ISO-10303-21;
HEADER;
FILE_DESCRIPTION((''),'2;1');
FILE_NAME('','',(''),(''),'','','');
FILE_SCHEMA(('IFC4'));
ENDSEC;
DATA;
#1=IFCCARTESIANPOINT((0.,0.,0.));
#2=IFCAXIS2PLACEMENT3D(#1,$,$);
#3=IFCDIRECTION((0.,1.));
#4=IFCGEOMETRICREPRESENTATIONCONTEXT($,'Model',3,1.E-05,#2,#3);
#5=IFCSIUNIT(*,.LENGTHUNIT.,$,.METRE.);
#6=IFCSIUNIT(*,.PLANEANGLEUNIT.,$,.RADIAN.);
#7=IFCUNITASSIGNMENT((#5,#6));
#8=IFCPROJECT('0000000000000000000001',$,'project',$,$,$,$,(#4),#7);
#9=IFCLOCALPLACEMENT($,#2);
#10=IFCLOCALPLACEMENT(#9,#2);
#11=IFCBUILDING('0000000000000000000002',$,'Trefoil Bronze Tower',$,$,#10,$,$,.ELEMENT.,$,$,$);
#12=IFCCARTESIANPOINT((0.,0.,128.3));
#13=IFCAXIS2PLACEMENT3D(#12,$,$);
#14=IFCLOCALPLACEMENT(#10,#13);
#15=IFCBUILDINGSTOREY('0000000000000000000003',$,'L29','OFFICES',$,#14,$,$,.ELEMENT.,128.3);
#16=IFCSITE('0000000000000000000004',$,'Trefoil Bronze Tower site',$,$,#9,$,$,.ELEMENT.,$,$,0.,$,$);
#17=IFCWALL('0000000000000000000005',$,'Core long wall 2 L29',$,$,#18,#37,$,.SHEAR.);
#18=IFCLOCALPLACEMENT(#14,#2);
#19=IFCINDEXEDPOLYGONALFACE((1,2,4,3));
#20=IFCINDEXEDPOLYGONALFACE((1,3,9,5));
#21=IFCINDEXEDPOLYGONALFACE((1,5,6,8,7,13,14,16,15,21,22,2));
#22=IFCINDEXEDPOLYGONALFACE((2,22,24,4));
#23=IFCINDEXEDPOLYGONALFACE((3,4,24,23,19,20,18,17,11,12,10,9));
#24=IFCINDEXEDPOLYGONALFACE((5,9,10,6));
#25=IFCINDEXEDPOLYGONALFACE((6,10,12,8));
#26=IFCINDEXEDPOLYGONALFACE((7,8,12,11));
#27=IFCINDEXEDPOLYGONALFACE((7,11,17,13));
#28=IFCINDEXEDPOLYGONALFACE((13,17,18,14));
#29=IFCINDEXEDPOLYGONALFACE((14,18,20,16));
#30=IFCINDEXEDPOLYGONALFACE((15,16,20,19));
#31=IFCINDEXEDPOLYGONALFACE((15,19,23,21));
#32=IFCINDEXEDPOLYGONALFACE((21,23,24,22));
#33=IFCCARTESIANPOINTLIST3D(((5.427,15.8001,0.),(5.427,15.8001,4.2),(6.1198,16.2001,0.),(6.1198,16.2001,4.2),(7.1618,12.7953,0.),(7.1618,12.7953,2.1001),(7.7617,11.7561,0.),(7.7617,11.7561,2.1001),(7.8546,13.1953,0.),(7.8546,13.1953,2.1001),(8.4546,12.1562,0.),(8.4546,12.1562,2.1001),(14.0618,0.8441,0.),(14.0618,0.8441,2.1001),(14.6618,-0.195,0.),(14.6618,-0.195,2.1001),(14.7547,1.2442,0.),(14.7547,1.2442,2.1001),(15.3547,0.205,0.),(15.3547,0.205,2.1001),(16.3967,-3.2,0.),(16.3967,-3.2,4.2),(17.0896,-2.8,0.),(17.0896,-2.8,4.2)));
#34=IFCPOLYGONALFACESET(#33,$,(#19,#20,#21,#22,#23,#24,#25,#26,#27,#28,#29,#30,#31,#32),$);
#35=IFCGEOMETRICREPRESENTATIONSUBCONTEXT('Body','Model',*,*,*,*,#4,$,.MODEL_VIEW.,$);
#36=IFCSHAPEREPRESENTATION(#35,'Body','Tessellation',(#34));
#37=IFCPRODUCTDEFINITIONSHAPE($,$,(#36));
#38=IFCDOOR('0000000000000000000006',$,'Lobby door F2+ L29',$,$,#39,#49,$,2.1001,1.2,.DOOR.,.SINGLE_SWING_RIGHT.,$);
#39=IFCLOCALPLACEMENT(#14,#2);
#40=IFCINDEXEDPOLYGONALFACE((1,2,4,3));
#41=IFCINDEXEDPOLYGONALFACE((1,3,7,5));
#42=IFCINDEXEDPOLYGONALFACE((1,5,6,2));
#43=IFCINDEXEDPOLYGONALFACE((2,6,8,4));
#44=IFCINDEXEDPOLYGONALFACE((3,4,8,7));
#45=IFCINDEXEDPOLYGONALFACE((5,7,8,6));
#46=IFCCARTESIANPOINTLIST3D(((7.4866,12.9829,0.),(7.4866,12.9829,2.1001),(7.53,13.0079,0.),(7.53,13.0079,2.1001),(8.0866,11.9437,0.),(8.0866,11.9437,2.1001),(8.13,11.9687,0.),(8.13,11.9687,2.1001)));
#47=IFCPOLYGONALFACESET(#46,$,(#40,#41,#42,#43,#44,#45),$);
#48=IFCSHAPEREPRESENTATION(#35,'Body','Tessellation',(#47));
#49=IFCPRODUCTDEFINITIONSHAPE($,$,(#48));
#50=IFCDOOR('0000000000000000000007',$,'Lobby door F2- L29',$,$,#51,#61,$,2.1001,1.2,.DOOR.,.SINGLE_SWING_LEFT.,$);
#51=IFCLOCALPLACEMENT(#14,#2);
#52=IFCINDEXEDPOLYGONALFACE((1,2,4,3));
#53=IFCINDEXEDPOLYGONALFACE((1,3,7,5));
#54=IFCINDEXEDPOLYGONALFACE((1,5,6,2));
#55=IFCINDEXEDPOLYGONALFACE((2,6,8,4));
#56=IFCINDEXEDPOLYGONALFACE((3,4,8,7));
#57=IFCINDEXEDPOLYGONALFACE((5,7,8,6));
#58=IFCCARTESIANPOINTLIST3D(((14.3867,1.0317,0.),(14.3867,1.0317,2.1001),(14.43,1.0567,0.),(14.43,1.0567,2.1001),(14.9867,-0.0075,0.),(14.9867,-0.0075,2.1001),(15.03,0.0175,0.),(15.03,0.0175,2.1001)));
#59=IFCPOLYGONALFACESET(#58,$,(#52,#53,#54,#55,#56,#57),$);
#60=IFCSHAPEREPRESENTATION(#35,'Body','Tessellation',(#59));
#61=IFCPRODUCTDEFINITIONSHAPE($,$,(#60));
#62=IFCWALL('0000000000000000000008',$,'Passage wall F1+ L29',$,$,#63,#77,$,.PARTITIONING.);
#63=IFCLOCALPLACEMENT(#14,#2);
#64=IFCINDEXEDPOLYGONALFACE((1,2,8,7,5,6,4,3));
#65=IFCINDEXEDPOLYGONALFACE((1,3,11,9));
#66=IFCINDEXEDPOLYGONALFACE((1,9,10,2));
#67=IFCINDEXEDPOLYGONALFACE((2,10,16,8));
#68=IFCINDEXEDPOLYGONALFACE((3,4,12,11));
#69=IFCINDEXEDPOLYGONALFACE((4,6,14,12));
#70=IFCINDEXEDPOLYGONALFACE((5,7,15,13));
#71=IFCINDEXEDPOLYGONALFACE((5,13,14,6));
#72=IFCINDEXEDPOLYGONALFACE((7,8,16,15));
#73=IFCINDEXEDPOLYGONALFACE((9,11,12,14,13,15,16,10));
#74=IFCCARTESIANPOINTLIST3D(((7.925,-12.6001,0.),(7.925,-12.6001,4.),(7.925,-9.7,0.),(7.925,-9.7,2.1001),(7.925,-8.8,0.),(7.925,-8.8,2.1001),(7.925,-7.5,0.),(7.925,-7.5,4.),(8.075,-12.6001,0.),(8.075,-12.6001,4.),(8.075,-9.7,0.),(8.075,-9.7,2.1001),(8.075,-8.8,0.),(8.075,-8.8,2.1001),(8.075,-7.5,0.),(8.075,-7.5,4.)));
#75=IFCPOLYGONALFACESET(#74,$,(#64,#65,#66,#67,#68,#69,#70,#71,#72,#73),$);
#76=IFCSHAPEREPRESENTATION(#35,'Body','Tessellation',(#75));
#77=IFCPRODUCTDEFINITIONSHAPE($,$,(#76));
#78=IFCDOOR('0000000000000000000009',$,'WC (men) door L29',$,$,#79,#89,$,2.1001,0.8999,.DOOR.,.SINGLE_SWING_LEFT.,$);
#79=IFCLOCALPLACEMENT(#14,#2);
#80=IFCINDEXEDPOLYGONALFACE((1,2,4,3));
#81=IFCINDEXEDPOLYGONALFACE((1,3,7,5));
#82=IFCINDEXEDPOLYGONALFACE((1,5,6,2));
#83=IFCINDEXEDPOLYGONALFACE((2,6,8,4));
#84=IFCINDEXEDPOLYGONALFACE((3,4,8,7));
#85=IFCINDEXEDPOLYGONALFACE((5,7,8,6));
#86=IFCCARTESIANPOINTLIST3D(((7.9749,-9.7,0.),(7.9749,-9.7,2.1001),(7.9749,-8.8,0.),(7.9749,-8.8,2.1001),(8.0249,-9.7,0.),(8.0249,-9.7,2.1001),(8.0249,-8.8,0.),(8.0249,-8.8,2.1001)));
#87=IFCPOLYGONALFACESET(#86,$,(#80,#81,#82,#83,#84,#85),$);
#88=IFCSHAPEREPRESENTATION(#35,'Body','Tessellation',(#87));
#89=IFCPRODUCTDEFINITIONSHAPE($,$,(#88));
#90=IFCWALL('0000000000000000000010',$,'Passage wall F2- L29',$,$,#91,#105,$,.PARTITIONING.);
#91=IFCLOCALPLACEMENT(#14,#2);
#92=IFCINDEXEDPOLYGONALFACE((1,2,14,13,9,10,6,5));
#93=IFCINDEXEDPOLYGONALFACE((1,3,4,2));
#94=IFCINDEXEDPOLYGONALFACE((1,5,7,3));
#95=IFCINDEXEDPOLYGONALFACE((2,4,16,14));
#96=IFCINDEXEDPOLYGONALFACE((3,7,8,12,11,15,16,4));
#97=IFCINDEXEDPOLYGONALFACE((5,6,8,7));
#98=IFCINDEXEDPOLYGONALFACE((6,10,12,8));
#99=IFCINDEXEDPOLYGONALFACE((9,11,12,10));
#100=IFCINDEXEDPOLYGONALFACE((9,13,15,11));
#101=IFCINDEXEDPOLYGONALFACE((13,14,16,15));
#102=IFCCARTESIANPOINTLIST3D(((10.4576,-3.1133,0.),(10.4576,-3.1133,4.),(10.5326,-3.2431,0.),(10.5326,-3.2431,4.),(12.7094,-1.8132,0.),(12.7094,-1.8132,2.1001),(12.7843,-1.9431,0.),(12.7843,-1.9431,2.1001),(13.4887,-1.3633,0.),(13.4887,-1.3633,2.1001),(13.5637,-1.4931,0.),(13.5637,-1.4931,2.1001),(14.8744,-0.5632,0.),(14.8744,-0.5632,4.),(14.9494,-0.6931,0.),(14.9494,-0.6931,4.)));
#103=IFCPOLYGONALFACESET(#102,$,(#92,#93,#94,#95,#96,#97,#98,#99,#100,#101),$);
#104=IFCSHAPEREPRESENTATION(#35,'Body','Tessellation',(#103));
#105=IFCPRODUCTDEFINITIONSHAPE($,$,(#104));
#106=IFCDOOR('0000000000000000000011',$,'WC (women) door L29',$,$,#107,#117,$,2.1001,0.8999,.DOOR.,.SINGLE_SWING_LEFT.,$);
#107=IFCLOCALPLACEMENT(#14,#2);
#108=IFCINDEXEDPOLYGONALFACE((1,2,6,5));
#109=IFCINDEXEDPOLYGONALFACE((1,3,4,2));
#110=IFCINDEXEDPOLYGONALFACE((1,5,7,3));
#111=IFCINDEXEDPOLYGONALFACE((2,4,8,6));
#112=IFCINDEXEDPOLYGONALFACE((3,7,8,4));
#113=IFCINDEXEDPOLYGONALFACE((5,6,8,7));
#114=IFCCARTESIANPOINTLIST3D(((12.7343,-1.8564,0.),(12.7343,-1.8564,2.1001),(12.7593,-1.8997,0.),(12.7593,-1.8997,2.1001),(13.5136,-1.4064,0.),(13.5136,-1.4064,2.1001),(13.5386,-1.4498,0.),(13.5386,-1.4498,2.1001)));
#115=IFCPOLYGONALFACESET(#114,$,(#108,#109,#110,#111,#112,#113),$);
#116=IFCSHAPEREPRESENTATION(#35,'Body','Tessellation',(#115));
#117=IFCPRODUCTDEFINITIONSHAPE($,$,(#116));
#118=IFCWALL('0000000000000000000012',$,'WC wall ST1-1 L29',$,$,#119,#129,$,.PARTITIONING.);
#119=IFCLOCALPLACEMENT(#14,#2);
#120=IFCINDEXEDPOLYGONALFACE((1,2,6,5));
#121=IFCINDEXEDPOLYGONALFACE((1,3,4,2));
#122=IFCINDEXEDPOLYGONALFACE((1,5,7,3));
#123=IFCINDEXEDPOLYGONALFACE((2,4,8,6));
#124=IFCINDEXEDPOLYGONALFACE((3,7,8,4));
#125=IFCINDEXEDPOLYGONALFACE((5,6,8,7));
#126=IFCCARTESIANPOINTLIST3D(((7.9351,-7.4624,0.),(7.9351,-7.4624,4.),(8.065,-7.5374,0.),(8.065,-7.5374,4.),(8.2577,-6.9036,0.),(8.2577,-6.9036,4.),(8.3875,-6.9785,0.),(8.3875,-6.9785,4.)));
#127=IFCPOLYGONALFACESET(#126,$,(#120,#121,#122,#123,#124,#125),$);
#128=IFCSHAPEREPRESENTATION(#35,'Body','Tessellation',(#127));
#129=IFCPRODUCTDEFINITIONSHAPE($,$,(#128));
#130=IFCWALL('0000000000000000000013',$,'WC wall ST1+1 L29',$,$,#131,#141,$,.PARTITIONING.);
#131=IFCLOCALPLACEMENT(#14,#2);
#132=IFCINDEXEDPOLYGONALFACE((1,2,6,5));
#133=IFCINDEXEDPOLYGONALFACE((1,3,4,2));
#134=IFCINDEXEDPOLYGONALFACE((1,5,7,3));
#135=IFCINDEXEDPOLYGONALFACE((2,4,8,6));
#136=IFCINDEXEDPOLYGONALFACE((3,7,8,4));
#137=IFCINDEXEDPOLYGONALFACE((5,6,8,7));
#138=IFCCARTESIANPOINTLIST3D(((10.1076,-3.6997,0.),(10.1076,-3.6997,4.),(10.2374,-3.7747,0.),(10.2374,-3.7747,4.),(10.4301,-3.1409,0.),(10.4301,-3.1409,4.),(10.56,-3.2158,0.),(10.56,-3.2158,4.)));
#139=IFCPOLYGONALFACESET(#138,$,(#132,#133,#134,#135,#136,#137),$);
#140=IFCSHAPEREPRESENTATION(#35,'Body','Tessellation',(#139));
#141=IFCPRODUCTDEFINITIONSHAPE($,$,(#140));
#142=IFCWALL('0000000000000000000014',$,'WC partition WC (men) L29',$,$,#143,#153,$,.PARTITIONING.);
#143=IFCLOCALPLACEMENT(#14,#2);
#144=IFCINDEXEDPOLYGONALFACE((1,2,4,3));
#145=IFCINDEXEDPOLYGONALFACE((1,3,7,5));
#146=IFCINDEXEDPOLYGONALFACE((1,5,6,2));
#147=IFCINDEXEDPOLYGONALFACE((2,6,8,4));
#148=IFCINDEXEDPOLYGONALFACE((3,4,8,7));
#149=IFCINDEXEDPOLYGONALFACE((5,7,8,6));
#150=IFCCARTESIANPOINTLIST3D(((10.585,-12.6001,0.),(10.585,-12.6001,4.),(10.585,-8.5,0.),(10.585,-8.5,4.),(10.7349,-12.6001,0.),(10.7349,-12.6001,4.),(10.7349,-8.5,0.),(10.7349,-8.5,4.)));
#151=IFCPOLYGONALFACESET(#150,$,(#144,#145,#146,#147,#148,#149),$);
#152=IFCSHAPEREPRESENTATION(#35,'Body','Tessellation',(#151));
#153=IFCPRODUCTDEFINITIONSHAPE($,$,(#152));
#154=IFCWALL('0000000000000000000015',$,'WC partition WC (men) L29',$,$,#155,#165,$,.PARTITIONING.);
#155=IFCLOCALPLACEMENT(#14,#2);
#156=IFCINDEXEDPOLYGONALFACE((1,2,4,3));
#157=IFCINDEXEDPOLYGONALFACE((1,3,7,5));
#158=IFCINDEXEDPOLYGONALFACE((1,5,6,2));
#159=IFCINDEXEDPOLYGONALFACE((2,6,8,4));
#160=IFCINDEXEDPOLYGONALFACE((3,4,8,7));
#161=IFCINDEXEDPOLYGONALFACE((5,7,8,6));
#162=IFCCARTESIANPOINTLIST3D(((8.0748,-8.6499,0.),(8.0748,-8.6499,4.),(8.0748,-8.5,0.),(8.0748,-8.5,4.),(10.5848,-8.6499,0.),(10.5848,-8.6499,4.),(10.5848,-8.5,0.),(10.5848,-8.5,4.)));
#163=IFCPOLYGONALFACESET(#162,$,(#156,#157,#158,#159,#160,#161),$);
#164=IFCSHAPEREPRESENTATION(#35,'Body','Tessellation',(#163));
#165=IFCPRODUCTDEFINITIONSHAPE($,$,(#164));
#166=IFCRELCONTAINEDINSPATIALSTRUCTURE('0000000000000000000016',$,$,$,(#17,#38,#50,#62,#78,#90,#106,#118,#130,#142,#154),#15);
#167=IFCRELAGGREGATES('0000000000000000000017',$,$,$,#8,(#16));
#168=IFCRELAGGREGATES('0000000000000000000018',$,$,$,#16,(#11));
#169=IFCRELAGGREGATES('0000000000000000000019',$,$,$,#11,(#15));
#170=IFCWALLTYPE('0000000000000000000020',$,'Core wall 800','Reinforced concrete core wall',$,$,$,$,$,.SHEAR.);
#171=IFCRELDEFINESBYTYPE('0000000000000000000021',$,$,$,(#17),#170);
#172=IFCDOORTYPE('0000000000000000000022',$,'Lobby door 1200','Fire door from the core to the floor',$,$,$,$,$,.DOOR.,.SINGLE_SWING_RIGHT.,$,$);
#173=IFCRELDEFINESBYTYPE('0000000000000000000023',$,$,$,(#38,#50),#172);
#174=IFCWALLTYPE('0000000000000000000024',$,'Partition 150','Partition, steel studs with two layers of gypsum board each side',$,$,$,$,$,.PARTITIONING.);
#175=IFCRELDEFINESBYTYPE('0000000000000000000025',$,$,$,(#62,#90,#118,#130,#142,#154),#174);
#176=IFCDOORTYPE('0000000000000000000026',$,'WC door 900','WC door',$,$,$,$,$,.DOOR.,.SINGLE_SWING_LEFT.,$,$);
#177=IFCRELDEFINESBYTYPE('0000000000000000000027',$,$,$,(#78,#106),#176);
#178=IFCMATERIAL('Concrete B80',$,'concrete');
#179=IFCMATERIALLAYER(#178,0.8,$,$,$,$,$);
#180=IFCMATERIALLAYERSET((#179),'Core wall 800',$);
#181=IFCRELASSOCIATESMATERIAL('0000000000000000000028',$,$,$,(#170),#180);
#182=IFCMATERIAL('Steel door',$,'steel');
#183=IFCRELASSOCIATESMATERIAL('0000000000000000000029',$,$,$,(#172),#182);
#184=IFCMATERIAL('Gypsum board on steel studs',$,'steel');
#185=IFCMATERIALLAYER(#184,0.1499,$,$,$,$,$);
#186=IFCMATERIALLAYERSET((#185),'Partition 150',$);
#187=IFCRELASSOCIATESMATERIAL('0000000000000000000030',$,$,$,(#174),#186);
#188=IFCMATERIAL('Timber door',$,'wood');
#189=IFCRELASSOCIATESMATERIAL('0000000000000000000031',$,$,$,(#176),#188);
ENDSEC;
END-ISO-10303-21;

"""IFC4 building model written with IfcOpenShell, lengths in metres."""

from ifc_helpers import new_model, si_unit, direction, frame, frame_2d, origin, place, context, subcontext, project, spatial, rectangle, extrude, material, layer, layer_set, type_object, element, fill, save


model = new_model("IFC4")

# Units and contexts
model_context = context("Model", 3, precision=1e-05, world=origin(), true_north=direction((0.0, 1.0)))
body_context = subcontext(model_context, "Body", "Model", "MODEL_VIEW")
ifc_project = project(units=[si_unit("LENGTHUNIT", "METRE"), si_unit("PLANEANGLEUNIT", "RADIAN")], contexts=[model_context])

# Site, building, storey
site_placement = place(None, origin())
site = spatial("IfcSite", under=ifc_project, at=site_placement, Name="Trefoil Bronze Tower site", CompositionType="ELEMENT", RefElevation=0.0)
building_placement = place(site_placement, origin())
building = spatial("IfcBuilding", under=site, at=building_placement, Name="Trefoil Bronze Tower", CompositionType="ELEMENT")
storey_placement = place(building_placement, frame((0.0, 0.0, 128.3)))
storey = spatial("IfcBuildingStorey", under=building, at=storey_placement, Name="L29", Description="OFFICES", CompositionType="ELEMENT", Elevation=128.3)

# Shared definitions
ifc_material_1 = material(Name="Concrete B80", Category="concrete")
ifc_layer_1 = layer(ifc_material_1, 0.8)
ifc_layer_set_1 = layer_set([ifc_layer_1], Name="Core wall 800")
wall_type_1 = type_object("IfcWallType", Name="Core wall 800", Description="Reinforced concrete core wall", PredefinedType="SHEAR", material=ifc_layer_set_1)

# Wall, openings, doors
wall_1_placement = place(storey_placement, frame((16.7432, -3.0, 0.0), z_axis=(0.0, 0.0, 1.0), x_axis=(-0.500002, 0.866024, 0.0)))
wall_1 = element("IfcWall", 1, at=wall_1_placement, inside=storey, type_object=wall_type_1, Name="Core long wall 2 L29", PredefinedType="SHEAR", context=body_context, shape_type="SweptSolid", body=[
    extrude(rectangle(XDim=21.9395, YDim=0.8, at=frame_2d((10.9697, 0.0))), origin(), (0.0, 0.0, 1.0), 4.2),
])
opening_1_placement = place(wall_1_placement, frame((17.2698, 0.0, 0.0)))
opening_1 = element("IfcOpeningElement", 2, at=opening_1_placement, cuts=wall_1, PredefinedType="OPENING", context=body_context, shape_type="SweptSolid", body=[
    extrude(rectangle(XDim=1.2, YDim=2.1001, at=frame_2d((0.6001, 1.05))), frame((0.0, 0.4099, 0.0), z_axis=(0.0, -1.0, 0.0), x_axis=(1.0, 0.0, 0.0)), (0.0, 0.0, 1.0), 0.8201),
])
opening_2_placement = place(wall_1_placement, frame((3.4697, 0.0, 0.0)))
opening_2 = element("IfcOpeningElement", 3, at=opening_2_placement, cuts=wall_1, PredefinedType="OPENING", context=body_context, shape_type="SweptSolid", body=[
    extrude(rectangle(XDim=1.2, YDim=2.1001, at=frame_2d((0.6001, 1.05))), frame((0.0, 0.4099, 0.0), z_axis=(0.0, -1.0, 0.0), x_axis=(1.0, 0.0, 0.0)), (0.0, 0.0, 1.0), 0.8201),
])
ifc_material_2 = material(Name="Steel door", Category="steel")
door_type_1 = type_object("IfcDoorType", Name="Lobby door 1200", Description="Fire door from the core to the floor", OperationType="SINGLE_SWING_RIGHT", PredefinedType="DOOR", material=ifc_material_2)
door_1_placement = place(opening_1_placement, origin())
door_1 = element("IfcDoor", 4, at=door_1_placement, inside=storey, type_object=door_type_1, Name="Lobby door F2+ L29", OperationType="SINGLE_SWING_RIGHT", OverallHeight=2.1001, OverallWidth=1.2, PredefinedType="DOOR", context=body_context, shape_type="SweptSolid", body=[
    extrude(rectangle(XDim=1.2, YDim=2.1001, at=frame_2d((0.6001, 1.05))), frame((0.0, 0.0249, 0.0), z_axis=(0.0, -1.0, 0.0), x_axis=(1.0, 0.0, 0.0)), (0.0, 0.0, 1.0), 0.05),
])
fill(opening_1, door_1)
door_2_placement = place(opening_2_placement, origin())
door_2 = element("IfcDoor", 5, at=door_2_placement, inside=storey, type_object=door_type_1, Name="Lobby door F2- L29", OperationType="SINGLE_SWING_LEFT", OverallHeight=2.1001, OverallWidth=1.2, PredefinedType="DOOR", context=body_context, shape_type="SweptSolid", body=[
    extrude(rectangle(XDim=1.2, YDim=2.1001, at=frame_2d((0.6001, 1.05))), frame((0.0, 0.0249, 0.0), z_axis=(0.0, -1.0, 0.0), x_axis=(1.0, 0.0, 0.0)), (0.0, 0.0, 1.0), 0.05),
])
fill(opening_2, door_2)

# Walls, openings, doors
ifc_material_3 = material(Name="Gypsum board on steel studs", Category="steel")
ifc_layer_2 = layer(ifc_material_3, 0.1499)
ifc_layer_set_2 = layer_set([ifc_layer_2], Name="Partition 150")
wall_type_2 = type_object("IfcWallType", Name="Partition 150", Description="Partition, steel studs with two layers of gypsum board each side", PredefinedType="PARTITIONING", material=ifc_layer_set_2)
wall_2_placement = place(storey_placement, frame((8.0, -7.5, 0.0), z_axis=(0.0, 0.0, 1.0), x_axis=(0.0, -1.0, 0.0)))
wall_2 = element("IfcWall", 6, at=wall_2_placement, inside=storey, type_object=wall_type_2, Name="Passage wall F1+ L29", PredefinedType="PARTITIONING", context=body_context, shape_type="SweptSolid", body=[
    extrude(rectangle(XDim=5.1001, YDim=0.1499, at=frame_2d((2.55, 0.0))), origin(), (0.0, 0.0, 1.0), 4.0),
])
opening_3_placement = place(wall_2_placement, frame((1.3, 0.0, 0.0)))
opening_3 = element("IfcOpeningElement", 7, at=opening_3_placement, cuts=wall_2, PredefinedType="OPENING", context=body_context, shape_type="SweptSolid", body=[
    extrude(rectangle(XDim=0.8999, YDim=2.1001, at=frame_2d((0.45, 1.05))), frame((0.0, 0.085, 0.0), z_axis=(0.0, -1.0, 0.0), x_axis=(1.0, 0.0, 0.0)), (0.0, 0.0, 1.0), 0.1699),
])
ifc_material_4 = material(Name="Timber door", Category="wood")
door_type_2 = type_object("IfcDoorType", Name="WC door 900", Description="WC door", OperationType="SINGLE_SWING_LEFT", PredefinedType="DOOR", material=ifc_material_4)
door_3_placement = place(opening_3_placement, origin())
door_3 = element("IfcDoor", 8, at=door_3_placement, inside=storey, type_object=door_type_2, Name="WC (men) door L29", OperationType="SINGLE_SWING_LEFT", OverallHeight=2.1001, OverallWidth=0.8999, PredefinedType="DOOR", context=body_context, shape_type="SweptSolid", body=[
    extrude(rectangle(XDim=0.8999, YDim=2.1001, at=frame_2d((0.45, 1.05))), frame((0.0, 0.0249, 0.0), z_axis=(0.0, -1.0, 0.0), x_axis=(1.0, 0.0, 0.0)), (0.0, 0.0, 1.0), 0.05),
])
fill(opening_3, door_3)
wall_3_placement = place(storey_placement, frame((10.4951, -3.1782, 0.0), z_axis=(0.0, 0.0, 1.0), x_axis=(0.866022, 0.500006, 0.0)))
wall_3 = element("IfcWall", 9, at=wall_3_placement, inside=storey, type_object=wall_type_2, Name="Passage wall F2- L29", PredefinedType="PARTITIONING", context=body_context, shape_type="SweptSolid", body=[
    extrude(rectangle(XDim=5.1001, YDim=0.1499, at=frame_2d((2.55, 0.0))), origin(), (0.0, 0.0, 1.0), 4.0),
])
opening_4_placement = place(wall_3_placement, frame((2.6001, 0.0, 0.0)))
opening_4 = element("IfcOpeningElement", 10, at=opening_4_placement, cuts=wall_3, PredefinedType="OPENING", context=body_context, shape_type="SweptSolid", body=[
    extrude(rectangle(XDim=0.8999, YDim=2.1001, at=frame_2d((0.45, 1.05))), frame((0.0, 0.085, 0.0), z_axis=(0.0, -1.0, 0.0), x_axis=(1.0, 0.0, 0.0)), (0.0, 0.0, 1.0), 0.1699),
])
door_4_placement = place(opening_4_placement, frame((0.8999, 0.0, 0.0), z_axis=(0.0, 0.0, 1.0), x_axis=(-1.0, 0.0, 0.0)))
door_4 = element("IfcDoor", 11, at=door_4_placement, inside=storey, type_object=door_type_2, Name="WC (women) door L29", OperationType="SINGLE_SWING_LEFT", OverallHeight=2.1001, OverallWidth=0.8999, PredefinedType="DOOR", context=body_context, shape_type="SweptSolid", body=[
    extrude(rectangle(XDim=0.8999, YDim=2.1001, at=frame_2d((0.45, 1.05))), frame((0.0, 0.0249, 0.0), z_axis=(0.0, -1.0, 0.0), x_axis=(1.0, 0.0, 0.0)), (0.0, 0.0, 1.0), 0.05),
])
fill(opening_4, door_4)

# Walls
for number, where, z_axis, x_axis, name in (
    (12, (8.0, -7.5, 0.0), (0.0, 0.0, 1.0), (0.499843, 0.866116, 0.0), "WC wall ST1-1 L29"),
    (13, (10.4951, -3.1782, 0.0), (0.0, 0.0, 1.0), (-0.499843, -0.866116, 0.0), "WC wall ST1+1 L29"),
):
    element("IfcWall", number, at=place(storey_placement, frame(where, z_axis=z_axis, x_axis=x_axis)), inside=storey, type_object=wall_type_2, Name=name, PredefinedType="PARTITIONING", context=body_context, shape_type="SweptSolid", body=[
        extrude(rectangle(XDim=0.6453, YDim=0.1499, at=frame_2d((0.3228, 0.0))), origin(), (0.0, 0.0, 1.0), 4.0),
    ])
wall_4_placement = place(storey_placement, frame((10.6599, -8.5, 0.0), z_axis=(0.0, 0.0, 1.0), x_axis=(0.0, -1.0, 0.0)))
element("IfcWall", 14, at=wall_4_placement, inside=storey, type_object=wall_type_2, Name="WC partition WC (men) L29", PredefinedType="PARTITIONING", context=body_context, shape_type="SweptSolid", body=[
    extrude(rectangle(XDim=4.1001, YDim=0.1499, at=frame_2d((2.05, 0.0))), origin(), (0.0, 0.0, 1.0), 4.0),
])
wall_5_placement = place(storey_placement, frame((8.075, -8.575, 0.0), z_axis=(0.0, 0.0, 1.0), x_axis=(1.0, 0.0, 0.0)))
element("IfcWall", 15, at=wall_5_placement, inside=storey, type_object=wall_type_2, Name="WC partition WC (men) L29", PredefinedType="PARTITIONING", context=body_context, shape_type="SweptSolid", body=[
    extrude(rectangle(XDim=2.51, YDim=0.1499, at=frame_2d((1.2549, 0.0))), origin(), (0.0, 0.0, 1.0), 4.0),
])

save(model, "model.ifc")
